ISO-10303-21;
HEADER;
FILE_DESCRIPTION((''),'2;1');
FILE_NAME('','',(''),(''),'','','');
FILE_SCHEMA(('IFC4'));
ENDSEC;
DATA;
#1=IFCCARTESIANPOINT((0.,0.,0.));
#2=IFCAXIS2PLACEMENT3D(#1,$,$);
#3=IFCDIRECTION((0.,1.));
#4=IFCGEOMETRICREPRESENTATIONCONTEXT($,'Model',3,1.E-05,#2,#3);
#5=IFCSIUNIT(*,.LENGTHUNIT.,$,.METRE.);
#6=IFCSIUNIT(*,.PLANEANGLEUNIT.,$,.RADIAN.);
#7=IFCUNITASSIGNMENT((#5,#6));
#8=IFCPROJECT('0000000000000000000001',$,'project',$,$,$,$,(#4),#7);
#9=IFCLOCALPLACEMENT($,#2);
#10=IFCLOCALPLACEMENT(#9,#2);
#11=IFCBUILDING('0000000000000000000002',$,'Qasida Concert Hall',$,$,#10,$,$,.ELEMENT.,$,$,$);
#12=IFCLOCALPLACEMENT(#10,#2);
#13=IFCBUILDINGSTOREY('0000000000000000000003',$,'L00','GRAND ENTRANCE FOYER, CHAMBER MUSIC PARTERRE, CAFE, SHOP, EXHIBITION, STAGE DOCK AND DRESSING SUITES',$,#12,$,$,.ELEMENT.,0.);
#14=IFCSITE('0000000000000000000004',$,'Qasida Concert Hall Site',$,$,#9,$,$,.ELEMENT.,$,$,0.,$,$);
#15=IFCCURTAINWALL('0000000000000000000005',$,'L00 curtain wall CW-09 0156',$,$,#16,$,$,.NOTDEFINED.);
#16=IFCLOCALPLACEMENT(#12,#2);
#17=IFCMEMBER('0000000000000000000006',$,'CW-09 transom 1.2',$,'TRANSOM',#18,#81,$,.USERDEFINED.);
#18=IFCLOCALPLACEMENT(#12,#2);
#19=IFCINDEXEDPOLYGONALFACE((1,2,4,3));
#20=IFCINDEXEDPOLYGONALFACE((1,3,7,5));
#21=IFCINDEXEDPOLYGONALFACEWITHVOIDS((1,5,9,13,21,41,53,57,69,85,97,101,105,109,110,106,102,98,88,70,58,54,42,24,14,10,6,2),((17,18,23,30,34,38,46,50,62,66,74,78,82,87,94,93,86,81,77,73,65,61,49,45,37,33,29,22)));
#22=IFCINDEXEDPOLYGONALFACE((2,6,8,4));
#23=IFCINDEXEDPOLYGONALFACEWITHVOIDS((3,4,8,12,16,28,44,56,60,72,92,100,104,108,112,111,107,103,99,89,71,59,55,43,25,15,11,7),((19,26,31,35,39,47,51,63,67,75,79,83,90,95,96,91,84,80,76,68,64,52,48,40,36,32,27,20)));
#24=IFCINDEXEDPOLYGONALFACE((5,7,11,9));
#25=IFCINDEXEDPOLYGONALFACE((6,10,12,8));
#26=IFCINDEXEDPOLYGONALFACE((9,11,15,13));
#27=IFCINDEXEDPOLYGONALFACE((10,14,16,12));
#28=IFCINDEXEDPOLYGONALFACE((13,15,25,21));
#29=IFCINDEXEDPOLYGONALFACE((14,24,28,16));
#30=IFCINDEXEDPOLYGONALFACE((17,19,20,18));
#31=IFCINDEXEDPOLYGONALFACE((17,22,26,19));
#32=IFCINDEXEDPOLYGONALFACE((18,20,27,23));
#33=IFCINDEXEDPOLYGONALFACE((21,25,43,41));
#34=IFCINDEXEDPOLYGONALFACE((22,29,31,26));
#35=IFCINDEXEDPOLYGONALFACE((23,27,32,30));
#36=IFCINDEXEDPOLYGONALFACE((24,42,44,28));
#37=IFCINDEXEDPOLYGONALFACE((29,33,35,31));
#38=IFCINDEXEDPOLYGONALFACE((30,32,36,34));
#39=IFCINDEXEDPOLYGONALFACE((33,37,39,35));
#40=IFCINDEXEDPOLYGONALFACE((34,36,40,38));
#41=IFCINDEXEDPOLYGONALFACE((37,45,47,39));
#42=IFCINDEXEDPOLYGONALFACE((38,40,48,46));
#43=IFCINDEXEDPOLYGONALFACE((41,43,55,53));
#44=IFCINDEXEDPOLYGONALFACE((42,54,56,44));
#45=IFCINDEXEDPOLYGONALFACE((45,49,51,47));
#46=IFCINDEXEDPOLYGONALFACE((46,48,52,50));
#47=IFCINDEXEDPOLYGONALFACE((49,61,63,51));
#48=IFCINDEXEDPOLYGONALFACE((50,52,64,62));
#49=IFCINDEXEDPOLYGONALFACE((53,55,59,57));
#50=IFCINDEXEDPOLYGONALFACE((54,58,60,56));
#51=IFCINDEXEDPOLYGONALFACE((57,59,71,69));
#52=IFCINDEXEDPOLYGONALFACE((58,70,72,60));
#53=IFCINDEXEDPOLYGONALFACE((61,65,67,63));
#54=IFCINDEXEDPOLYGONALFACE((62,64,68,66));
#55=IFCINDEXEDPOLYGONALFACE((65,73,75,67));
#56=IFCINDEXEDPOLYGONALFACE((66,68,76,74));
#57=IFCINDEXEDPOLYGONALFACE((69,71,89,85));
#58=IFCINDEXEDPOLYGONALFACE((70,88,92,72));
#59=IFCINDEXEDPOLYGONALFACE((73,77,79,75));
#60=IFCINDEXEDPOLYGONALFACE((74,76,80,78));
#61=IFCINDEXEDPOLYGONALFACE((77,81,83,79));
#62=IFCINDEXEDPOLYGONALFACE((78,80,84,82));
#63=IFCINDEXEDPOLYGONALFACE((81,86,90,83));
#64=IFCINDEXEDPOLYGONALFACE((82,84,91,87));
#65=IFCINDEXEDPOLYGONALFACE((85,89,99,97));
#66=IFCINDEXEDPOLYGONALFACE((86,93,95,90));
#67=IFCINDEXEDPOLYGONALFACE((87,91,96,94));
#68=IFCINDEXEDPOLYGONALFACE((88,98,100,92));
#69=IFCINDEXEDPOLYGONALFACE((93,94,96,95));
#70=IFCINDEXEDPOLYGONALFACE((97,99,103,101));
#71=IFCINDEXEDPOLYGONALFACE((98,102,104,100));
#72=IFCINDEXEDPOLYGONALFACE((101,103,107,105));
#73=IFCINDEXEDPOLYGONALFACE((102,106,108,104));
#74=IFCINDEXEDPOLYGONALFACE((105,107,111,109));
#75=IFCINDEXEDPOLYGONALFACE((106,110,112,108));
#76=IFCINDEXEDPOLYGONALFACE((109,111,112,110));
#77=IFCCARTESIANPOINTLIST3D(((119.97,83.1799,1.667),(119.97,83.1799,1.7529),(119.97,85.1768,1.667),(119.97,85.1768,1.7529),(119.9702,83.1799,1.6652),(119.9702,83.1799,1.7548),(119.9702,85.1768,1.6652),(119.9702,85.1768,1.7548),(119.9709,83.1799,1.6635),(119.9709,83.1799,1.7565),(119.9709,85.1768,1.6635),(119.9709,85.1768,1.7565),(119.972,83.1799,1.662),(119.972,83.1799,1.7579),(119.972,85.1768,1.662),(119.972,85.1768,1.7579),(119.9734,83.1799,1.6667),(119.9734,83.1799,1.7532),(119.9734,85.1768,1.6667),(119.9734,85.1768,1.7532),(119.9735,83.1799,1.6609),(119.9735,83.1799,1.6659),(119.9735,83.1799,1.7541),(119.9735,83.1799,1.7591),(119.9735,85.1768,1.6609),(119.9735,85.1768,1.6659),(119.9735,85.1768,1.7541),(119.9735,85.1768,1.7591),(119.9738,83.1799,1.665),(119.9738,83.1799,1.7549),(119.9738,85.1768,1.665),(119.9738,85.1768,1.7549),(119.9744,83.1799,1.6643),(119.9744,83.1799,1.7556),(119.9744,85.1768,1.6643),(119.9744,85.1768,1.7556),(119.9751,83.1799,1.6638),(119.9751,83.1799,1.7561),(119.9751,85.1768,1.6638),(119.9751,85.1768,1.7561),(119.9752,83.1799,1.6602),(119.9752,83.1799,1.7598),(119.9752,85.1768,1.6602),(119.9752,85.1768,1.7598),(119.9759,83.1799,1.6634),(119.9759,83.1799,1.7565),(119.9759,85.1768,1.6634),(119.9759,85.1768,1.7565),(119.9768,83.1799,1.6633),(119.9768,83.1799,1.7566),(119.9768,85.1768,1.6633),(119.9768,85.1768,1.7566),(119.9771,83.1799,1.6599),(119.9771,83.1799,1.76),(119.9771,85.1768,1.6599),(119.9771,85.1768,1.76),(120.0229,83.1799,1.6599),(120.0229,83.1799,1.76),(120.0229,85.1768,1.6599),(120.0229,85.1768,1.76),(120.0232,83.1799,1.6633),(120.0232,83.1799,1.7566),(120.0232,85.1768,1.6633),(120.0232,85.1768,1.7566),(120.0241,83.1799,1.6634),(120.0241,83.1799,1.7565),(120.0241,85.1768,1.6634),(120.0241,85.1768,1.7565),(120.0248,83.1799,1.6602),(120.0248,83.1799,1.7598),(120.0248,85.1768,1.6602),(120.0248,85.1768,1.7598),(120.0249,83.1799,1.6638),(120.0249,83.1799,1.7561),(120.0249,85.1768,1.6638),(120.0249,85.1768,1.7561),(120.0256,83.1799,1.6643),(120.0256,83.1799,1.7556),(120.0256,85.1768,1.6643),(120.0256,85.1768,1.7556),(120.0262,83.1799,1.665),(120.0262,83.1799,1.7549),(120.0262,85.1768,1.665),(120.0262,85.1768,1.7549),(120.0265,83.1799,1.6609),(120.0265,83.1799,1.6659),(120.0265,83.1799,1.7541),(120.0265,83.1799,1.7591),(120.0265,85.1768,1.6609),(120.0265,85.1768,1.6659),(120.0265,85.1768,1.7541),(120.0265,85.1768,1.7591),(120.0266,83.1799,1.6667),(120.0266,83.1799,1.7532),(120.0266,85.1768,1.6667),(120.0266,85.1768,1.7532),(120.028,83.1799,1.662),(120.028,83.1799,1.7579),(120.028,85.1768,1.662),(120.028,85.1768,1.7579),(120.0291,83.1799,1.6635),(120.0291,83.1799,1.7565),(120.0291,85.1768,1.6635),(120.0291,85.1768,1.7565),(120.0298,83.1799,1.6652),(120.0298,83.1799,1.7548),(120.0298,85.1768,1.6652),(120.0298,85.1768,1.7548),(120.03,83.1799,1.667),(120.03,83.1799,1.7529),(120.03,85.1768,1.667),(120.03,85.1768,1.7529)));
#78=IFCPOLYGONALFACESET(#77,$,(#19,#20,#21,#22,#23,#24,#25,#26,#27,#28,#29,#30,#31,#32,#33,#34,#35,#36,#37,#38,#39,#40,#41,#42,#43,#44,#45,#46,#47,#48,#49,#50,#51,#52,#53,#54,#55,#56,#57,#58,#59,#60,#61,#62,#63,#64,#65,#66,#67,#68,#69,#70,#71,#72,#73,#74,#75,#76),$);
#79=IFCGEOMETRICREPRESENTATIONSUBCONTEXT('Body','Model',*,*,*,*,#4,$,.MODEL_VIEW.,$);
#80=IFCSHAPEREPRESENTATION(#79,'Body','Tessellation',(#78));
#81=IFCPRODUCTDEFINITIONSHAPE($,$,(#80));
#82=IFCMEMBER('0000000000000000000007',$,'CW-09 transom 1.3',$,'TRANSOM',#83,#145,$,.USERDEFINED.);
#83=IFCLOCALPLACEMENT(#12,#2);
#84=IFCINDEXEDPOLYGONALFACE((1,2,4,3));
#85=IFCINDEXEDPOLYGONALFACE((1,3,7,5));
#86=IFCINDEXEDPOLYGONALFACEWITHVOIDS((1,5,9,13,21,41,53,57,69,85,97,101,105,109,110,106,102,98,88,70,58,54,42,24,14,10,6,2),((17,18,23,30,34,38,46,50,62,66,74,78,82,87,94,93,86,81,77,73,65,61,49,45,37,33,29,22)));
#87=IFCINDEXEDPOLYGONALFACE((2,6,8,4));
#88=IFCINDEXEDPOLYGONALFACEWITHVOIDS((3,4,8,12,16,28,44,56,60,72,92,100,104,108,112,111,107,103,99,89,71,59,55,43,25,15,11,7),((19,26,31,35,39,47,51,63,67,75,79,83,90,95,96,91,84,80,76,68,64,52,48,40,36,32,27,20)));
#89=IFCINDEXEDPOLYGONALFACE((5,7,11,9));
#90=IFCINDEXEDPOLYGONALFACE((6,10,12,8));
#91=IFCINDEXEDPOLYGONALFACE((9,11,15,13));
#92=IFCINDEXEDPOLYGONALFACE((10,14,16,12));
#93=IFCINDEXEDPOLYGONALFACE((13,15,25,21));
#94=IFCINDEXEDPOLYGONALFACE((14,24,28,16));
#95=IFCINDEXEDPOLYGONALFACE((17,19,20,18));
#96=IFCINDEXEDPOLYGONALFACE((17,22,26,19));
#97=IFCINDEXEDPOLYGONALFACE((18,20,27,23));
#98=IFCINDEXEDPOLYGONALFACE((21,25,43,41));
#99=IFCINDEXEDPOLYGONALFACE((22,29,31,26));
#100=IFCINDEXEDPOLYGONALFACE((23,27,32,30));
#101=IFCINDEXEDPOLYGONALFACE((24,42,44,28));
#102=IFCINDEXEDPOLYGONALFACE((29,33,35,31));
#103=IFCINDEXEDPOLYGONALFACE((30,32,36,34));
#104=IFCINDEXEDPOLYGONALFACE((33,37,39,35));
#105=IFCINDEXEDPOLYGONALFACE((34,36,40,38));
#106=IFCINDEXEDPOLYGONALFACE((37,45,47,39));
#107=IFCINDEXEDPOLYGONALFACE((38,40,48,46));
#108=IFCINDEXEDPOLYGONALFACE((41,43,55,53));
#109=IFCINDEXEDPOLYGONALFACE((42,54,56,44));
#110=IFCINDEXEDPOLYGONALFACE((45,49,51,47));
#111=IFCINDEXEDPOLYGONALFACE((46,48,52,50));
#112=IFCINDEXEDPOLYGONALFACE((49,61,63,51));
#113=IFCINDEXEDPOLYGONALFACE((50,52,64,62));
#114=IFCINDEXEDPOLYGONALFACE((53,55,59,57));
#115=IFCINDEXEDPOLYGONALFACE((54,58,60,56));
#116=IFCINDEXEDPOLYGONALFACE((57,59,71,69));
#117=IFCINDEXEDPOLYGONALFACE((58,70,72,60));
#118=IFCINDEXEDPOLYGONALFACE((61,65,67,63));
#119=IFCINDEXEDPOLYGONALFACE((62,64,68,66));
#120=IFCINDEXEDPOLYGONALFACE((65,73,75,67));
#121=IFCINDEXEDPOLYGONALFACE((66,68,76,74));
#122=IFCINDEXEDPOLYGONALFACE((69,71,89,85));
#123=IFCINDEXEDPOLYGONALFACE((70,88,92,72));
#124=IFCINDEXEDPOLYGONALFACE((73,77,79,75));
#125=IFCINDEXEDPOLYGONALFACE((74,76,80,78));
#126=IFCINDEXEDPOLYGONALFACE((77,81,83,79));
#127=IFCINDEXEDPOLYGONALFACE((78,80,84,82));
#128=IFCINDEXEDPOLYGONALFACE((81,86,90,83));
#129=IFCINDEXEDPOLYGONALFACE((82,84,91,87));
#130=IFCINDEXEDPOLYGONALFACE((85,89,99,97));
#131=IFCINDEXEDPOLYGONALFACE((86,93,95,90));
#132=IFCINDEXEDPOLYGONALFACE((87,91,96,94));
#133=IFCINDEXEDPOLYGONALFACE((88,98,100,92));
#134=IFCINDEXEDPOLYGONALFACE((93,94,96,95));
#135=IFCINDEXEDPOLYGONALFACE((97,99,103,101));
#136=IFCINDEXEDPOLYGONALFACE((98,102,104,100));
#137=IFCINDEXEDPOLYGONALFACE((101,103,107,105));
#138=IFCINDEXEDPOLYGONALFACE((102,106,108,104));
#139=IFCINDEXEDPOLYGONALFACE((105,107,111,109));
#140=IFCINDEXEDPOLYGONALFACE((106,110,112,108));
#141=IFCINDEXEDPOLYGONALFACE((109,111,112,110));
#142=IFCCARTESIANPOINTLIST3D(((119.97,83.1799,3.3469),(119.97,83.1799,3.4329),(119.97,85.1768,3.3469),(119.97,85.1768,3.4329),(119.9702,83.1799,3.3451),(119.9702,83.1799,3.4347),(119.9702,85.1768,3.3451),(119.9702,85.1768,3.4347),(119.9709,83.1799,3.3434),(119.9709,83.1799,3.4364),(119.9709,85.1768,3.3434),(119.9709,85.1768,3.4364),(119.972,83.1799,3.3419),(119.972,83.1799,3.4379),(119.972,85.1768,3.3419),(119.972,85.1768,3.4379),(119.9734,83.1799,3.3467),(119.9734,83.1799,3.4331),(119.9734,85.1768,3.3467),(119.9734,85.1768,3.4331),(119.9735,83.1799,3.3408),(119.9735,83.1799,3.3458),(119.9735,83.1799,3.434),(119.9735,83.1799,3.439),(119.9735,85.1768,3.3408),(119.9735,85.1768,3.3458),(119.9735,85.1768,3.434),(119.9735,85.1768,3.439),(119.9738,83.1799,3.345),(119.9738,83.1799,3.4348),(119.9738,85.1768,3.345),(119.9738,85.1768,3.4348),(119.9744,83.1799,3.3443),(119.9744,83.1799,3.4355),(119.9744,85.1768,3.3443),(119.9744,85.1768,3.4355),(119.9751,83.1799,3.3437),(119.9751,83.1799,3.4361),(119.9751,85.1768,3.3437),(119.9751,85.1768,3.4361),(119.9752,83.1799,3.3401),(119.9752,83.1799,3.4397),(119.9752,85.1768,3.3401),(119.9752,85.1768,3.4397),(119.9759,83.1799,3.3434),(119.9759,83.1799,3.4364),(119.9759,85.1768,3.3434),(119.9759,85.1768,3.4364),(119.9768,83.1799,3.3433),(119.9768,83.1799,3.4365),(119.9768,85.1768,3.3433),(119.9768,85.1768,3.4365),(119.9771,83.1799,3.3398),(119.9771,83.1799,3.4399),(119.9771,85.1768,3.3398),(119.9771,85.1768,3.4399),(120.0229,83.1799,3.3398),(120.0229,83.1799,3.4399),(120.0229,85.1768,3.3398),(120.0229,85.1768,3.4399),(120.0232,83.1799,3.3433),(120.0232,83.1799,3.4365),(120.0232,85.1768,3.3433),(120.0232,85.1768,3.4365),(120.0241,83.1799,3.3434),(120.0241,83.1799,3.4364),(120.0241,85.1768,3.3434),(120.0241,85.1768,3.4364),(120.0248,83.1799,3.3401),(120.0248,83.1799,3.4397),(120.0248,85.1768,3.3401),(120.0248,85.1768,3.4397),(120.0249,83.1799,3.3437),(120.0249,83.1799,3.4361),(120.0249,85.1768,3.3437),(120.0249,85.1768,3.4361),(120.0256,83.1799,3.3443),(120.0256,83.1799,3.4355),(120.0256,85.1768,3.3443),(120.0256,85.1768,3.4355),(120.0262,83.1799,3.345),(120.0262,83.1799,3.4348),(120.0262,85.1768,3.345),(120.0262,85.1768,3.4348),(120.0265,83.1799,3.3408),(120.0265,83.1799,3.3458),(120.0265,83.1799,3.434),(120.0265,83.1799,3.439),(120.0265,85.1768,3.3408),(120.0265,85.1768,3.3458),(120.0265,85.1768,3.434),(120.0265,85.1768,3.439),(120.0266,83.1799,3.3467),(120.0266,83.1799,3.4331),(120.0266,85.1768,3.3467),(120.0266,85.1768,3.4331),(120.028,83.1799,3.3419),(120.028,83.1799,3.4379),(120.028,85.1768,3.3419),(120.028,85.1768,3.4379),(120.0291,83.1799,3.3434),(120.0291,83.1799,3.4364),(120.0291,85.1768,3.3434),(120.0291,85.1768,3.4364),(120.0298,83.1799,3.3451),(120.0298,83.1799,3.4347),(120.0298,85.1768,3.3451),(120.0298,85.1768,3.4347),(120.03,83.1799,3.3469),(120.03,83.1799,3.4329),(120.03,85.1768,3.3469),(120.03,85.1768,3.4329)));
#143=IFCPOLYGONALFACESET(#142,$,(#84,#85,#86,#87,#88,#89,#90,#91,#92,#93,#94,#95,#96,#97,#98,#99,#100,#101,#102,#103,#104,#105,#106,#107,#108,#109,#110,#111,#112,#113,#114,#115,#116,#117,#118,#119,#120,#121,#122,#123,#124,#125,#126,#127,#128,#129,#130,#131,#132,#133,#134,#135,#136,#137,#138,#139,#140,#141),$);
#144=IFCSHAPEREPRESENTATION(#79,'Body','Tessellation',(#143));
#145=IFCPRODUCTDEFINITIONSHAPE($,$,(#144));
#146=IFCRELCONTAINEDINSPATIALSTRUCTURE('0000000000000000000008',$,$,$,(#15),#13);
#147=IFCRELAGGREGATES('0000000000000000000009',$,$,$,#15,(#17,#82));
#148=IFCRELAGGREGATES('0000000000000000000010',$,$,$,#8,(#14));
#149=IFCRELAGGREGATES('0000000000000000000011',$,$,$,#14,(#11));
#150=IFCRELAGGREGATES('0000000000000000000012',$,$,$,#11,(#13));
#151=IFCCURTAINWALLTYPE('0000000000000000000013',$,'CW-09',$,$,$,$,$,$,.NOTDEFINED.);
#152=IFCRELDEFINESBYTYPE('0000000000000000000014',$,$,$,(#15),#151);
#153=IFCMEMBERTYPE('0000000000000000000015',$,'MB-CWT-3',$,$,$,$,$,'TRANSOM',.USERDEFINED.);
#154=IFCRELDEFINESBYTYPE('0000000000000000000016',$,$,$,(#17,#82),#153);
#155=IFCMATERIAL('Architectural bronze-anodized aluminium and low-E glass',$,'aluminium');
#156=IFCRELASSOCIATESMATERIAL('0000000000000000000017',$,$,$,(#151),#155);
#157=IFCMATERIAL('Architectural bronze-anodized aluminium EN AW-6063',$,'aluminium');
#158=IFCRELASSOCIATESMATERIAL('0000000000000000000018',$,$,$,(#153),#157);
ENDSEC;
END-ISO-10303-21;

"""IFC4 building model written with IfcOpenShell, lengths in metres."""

from ifc_helpers import new_model, si_unit, direction, frame, origin, origin_2d, place, context, subcontext, project, spatial, hollow_rectangle, extrude, material, material_profile, profile_set, type_object, element, aggregate, save


model = new_model("IFC4")

# Units and contexts
model_context = context("Model", 3, precision=1e-05, world=origin(), true_north=direction((0.0, 1.0)))
body_context = subcontext(model_context, "Body", "Model", "MODEL_VIEW")
ifc_project = project(units=[si_unit("LENGTHUNIT", "METRE"), si_unit("PLANEANGLEUNIT", "RADIAN")], contexts=[model_context])

# Site, building, storey
site_placement = place(None, origin())
site = spatial("IfcSite", under=ifc_project, at=site_placement, Name="Qasida Concert Hall Site", CompositionType="ELEMENT", RefElevation=0.0)
building_placement = place(site_placement, origin())
building = spatial("IfcBuilding", under=site, at=building_placement, Name="Qasida Concert Hall", CompositionType="ELEMENT")
storey_placement = place(building_placement, origin())
storey = spatial("IfcBuildingStorey", under=building, at=storey_placement, Name="L00", Description="GRAND ENTRANCE FOYER, CHAMBER MUSIC PARTERRE, CAFE, SHOP, EXHIBITION, STAGE DOCK AND DRESSING SUITES", CompositionType="ELEMENT", Elevation=0.0)

# Curtain wall, members
ifc_material_1 = material(Name="Architectural bronze-anodized aluminium and low-E glass", Category="aluminium")
curtain_wall_type = type_object("IfcCurtainWallType", Name="CW-09", PredefinedType="NOTDEFINED", material=ifc_material_1)
curtain_wall_placement = place(storey_placement, origin())
curtain_wall = element("IfcCurtainWall", 1, at=curtain_wall_placement, inside=storey, type_object=curtain_wall_type, Name="L00 curtain wall CW-09 0156", PredefinedType="NOTDEFINED")
ifc_material_2 = material(Name="Architectural bronze-anodized aluminium EN AW-6063", Category="aluminium")
ifc_material_profile_1 = material_profile(ifc_material_2, hollow_rectangle(XDim=0.0601, YDim=0.1001, WallThickness=0.0034, InnerFilletRadius=0.0034, OuterFilletRadius=0.0071, at=origin_2d()), Name="CWT 100x60x3.5")
ifc_profile_set_1 = profile_set([ifc_material_profile_1], Name="Architectural bronze-anodized aluminium EN AW-6063")
member_type_1 = type_object("IfcMemberType", Name="MB-CWT-3", ElementType="TRANSOM", PredefinedType="USERDEFINED", material=ifc_profile_set_1)
member_1_placement = place(storey_placement, frame((120.0, 83.1799, 1.71), z_axis=(0.0, 1.0, 0.0), x_axis=(-1.0, 0.0, 0.0)))
member_1 = element("IfcMember", 2, at=member_1_placement, type_object=member_type_1, Name="CW-09 transom 1.2", ObjectType="TRANSOM", PredefinedType="USERDEFINED", context=body_context, shape_type="SweptSolid", body=[
    extrude(hollow_rectangle(XDim=0.0601, YDim=0.1001, WallThickness=0.0034, InnerFilletRadius=0.0034, OuterFilletRadius=0.0071, at=origin_2d()), origin(), (0.0, 0.0, 1.0), 1.9968),
])
member_2_placement = place(storey_placement, frame((120.0, 83.1799, 3.3899), z_axis=(0.0, 1.0, 0.0), x_axis=(-1.0, 0.0, 0.0)))
member_2 = element("IfcMember", 3, at=member_2_placement, type_object=member_type_1, Name="CW-09 transom 1.3", ObjectType="TRANSOM", PredefinedType="USERDEFINED", context=body_context, shape_type="SweptSolid", body=[
    extrude(hollow_rectangle(XDim=0.0601, YDim=0.1001, WallThickness=0.0034, InnerFilletRadius=0.0034, OuterFilletRadius=0.0071, at=origin_2d()), origin(), (0.0, 0.0, 1.0), 1.9968),
])
aggregate(curtain_wall, [member_1, member_2])

save(model, "model.ifc")
